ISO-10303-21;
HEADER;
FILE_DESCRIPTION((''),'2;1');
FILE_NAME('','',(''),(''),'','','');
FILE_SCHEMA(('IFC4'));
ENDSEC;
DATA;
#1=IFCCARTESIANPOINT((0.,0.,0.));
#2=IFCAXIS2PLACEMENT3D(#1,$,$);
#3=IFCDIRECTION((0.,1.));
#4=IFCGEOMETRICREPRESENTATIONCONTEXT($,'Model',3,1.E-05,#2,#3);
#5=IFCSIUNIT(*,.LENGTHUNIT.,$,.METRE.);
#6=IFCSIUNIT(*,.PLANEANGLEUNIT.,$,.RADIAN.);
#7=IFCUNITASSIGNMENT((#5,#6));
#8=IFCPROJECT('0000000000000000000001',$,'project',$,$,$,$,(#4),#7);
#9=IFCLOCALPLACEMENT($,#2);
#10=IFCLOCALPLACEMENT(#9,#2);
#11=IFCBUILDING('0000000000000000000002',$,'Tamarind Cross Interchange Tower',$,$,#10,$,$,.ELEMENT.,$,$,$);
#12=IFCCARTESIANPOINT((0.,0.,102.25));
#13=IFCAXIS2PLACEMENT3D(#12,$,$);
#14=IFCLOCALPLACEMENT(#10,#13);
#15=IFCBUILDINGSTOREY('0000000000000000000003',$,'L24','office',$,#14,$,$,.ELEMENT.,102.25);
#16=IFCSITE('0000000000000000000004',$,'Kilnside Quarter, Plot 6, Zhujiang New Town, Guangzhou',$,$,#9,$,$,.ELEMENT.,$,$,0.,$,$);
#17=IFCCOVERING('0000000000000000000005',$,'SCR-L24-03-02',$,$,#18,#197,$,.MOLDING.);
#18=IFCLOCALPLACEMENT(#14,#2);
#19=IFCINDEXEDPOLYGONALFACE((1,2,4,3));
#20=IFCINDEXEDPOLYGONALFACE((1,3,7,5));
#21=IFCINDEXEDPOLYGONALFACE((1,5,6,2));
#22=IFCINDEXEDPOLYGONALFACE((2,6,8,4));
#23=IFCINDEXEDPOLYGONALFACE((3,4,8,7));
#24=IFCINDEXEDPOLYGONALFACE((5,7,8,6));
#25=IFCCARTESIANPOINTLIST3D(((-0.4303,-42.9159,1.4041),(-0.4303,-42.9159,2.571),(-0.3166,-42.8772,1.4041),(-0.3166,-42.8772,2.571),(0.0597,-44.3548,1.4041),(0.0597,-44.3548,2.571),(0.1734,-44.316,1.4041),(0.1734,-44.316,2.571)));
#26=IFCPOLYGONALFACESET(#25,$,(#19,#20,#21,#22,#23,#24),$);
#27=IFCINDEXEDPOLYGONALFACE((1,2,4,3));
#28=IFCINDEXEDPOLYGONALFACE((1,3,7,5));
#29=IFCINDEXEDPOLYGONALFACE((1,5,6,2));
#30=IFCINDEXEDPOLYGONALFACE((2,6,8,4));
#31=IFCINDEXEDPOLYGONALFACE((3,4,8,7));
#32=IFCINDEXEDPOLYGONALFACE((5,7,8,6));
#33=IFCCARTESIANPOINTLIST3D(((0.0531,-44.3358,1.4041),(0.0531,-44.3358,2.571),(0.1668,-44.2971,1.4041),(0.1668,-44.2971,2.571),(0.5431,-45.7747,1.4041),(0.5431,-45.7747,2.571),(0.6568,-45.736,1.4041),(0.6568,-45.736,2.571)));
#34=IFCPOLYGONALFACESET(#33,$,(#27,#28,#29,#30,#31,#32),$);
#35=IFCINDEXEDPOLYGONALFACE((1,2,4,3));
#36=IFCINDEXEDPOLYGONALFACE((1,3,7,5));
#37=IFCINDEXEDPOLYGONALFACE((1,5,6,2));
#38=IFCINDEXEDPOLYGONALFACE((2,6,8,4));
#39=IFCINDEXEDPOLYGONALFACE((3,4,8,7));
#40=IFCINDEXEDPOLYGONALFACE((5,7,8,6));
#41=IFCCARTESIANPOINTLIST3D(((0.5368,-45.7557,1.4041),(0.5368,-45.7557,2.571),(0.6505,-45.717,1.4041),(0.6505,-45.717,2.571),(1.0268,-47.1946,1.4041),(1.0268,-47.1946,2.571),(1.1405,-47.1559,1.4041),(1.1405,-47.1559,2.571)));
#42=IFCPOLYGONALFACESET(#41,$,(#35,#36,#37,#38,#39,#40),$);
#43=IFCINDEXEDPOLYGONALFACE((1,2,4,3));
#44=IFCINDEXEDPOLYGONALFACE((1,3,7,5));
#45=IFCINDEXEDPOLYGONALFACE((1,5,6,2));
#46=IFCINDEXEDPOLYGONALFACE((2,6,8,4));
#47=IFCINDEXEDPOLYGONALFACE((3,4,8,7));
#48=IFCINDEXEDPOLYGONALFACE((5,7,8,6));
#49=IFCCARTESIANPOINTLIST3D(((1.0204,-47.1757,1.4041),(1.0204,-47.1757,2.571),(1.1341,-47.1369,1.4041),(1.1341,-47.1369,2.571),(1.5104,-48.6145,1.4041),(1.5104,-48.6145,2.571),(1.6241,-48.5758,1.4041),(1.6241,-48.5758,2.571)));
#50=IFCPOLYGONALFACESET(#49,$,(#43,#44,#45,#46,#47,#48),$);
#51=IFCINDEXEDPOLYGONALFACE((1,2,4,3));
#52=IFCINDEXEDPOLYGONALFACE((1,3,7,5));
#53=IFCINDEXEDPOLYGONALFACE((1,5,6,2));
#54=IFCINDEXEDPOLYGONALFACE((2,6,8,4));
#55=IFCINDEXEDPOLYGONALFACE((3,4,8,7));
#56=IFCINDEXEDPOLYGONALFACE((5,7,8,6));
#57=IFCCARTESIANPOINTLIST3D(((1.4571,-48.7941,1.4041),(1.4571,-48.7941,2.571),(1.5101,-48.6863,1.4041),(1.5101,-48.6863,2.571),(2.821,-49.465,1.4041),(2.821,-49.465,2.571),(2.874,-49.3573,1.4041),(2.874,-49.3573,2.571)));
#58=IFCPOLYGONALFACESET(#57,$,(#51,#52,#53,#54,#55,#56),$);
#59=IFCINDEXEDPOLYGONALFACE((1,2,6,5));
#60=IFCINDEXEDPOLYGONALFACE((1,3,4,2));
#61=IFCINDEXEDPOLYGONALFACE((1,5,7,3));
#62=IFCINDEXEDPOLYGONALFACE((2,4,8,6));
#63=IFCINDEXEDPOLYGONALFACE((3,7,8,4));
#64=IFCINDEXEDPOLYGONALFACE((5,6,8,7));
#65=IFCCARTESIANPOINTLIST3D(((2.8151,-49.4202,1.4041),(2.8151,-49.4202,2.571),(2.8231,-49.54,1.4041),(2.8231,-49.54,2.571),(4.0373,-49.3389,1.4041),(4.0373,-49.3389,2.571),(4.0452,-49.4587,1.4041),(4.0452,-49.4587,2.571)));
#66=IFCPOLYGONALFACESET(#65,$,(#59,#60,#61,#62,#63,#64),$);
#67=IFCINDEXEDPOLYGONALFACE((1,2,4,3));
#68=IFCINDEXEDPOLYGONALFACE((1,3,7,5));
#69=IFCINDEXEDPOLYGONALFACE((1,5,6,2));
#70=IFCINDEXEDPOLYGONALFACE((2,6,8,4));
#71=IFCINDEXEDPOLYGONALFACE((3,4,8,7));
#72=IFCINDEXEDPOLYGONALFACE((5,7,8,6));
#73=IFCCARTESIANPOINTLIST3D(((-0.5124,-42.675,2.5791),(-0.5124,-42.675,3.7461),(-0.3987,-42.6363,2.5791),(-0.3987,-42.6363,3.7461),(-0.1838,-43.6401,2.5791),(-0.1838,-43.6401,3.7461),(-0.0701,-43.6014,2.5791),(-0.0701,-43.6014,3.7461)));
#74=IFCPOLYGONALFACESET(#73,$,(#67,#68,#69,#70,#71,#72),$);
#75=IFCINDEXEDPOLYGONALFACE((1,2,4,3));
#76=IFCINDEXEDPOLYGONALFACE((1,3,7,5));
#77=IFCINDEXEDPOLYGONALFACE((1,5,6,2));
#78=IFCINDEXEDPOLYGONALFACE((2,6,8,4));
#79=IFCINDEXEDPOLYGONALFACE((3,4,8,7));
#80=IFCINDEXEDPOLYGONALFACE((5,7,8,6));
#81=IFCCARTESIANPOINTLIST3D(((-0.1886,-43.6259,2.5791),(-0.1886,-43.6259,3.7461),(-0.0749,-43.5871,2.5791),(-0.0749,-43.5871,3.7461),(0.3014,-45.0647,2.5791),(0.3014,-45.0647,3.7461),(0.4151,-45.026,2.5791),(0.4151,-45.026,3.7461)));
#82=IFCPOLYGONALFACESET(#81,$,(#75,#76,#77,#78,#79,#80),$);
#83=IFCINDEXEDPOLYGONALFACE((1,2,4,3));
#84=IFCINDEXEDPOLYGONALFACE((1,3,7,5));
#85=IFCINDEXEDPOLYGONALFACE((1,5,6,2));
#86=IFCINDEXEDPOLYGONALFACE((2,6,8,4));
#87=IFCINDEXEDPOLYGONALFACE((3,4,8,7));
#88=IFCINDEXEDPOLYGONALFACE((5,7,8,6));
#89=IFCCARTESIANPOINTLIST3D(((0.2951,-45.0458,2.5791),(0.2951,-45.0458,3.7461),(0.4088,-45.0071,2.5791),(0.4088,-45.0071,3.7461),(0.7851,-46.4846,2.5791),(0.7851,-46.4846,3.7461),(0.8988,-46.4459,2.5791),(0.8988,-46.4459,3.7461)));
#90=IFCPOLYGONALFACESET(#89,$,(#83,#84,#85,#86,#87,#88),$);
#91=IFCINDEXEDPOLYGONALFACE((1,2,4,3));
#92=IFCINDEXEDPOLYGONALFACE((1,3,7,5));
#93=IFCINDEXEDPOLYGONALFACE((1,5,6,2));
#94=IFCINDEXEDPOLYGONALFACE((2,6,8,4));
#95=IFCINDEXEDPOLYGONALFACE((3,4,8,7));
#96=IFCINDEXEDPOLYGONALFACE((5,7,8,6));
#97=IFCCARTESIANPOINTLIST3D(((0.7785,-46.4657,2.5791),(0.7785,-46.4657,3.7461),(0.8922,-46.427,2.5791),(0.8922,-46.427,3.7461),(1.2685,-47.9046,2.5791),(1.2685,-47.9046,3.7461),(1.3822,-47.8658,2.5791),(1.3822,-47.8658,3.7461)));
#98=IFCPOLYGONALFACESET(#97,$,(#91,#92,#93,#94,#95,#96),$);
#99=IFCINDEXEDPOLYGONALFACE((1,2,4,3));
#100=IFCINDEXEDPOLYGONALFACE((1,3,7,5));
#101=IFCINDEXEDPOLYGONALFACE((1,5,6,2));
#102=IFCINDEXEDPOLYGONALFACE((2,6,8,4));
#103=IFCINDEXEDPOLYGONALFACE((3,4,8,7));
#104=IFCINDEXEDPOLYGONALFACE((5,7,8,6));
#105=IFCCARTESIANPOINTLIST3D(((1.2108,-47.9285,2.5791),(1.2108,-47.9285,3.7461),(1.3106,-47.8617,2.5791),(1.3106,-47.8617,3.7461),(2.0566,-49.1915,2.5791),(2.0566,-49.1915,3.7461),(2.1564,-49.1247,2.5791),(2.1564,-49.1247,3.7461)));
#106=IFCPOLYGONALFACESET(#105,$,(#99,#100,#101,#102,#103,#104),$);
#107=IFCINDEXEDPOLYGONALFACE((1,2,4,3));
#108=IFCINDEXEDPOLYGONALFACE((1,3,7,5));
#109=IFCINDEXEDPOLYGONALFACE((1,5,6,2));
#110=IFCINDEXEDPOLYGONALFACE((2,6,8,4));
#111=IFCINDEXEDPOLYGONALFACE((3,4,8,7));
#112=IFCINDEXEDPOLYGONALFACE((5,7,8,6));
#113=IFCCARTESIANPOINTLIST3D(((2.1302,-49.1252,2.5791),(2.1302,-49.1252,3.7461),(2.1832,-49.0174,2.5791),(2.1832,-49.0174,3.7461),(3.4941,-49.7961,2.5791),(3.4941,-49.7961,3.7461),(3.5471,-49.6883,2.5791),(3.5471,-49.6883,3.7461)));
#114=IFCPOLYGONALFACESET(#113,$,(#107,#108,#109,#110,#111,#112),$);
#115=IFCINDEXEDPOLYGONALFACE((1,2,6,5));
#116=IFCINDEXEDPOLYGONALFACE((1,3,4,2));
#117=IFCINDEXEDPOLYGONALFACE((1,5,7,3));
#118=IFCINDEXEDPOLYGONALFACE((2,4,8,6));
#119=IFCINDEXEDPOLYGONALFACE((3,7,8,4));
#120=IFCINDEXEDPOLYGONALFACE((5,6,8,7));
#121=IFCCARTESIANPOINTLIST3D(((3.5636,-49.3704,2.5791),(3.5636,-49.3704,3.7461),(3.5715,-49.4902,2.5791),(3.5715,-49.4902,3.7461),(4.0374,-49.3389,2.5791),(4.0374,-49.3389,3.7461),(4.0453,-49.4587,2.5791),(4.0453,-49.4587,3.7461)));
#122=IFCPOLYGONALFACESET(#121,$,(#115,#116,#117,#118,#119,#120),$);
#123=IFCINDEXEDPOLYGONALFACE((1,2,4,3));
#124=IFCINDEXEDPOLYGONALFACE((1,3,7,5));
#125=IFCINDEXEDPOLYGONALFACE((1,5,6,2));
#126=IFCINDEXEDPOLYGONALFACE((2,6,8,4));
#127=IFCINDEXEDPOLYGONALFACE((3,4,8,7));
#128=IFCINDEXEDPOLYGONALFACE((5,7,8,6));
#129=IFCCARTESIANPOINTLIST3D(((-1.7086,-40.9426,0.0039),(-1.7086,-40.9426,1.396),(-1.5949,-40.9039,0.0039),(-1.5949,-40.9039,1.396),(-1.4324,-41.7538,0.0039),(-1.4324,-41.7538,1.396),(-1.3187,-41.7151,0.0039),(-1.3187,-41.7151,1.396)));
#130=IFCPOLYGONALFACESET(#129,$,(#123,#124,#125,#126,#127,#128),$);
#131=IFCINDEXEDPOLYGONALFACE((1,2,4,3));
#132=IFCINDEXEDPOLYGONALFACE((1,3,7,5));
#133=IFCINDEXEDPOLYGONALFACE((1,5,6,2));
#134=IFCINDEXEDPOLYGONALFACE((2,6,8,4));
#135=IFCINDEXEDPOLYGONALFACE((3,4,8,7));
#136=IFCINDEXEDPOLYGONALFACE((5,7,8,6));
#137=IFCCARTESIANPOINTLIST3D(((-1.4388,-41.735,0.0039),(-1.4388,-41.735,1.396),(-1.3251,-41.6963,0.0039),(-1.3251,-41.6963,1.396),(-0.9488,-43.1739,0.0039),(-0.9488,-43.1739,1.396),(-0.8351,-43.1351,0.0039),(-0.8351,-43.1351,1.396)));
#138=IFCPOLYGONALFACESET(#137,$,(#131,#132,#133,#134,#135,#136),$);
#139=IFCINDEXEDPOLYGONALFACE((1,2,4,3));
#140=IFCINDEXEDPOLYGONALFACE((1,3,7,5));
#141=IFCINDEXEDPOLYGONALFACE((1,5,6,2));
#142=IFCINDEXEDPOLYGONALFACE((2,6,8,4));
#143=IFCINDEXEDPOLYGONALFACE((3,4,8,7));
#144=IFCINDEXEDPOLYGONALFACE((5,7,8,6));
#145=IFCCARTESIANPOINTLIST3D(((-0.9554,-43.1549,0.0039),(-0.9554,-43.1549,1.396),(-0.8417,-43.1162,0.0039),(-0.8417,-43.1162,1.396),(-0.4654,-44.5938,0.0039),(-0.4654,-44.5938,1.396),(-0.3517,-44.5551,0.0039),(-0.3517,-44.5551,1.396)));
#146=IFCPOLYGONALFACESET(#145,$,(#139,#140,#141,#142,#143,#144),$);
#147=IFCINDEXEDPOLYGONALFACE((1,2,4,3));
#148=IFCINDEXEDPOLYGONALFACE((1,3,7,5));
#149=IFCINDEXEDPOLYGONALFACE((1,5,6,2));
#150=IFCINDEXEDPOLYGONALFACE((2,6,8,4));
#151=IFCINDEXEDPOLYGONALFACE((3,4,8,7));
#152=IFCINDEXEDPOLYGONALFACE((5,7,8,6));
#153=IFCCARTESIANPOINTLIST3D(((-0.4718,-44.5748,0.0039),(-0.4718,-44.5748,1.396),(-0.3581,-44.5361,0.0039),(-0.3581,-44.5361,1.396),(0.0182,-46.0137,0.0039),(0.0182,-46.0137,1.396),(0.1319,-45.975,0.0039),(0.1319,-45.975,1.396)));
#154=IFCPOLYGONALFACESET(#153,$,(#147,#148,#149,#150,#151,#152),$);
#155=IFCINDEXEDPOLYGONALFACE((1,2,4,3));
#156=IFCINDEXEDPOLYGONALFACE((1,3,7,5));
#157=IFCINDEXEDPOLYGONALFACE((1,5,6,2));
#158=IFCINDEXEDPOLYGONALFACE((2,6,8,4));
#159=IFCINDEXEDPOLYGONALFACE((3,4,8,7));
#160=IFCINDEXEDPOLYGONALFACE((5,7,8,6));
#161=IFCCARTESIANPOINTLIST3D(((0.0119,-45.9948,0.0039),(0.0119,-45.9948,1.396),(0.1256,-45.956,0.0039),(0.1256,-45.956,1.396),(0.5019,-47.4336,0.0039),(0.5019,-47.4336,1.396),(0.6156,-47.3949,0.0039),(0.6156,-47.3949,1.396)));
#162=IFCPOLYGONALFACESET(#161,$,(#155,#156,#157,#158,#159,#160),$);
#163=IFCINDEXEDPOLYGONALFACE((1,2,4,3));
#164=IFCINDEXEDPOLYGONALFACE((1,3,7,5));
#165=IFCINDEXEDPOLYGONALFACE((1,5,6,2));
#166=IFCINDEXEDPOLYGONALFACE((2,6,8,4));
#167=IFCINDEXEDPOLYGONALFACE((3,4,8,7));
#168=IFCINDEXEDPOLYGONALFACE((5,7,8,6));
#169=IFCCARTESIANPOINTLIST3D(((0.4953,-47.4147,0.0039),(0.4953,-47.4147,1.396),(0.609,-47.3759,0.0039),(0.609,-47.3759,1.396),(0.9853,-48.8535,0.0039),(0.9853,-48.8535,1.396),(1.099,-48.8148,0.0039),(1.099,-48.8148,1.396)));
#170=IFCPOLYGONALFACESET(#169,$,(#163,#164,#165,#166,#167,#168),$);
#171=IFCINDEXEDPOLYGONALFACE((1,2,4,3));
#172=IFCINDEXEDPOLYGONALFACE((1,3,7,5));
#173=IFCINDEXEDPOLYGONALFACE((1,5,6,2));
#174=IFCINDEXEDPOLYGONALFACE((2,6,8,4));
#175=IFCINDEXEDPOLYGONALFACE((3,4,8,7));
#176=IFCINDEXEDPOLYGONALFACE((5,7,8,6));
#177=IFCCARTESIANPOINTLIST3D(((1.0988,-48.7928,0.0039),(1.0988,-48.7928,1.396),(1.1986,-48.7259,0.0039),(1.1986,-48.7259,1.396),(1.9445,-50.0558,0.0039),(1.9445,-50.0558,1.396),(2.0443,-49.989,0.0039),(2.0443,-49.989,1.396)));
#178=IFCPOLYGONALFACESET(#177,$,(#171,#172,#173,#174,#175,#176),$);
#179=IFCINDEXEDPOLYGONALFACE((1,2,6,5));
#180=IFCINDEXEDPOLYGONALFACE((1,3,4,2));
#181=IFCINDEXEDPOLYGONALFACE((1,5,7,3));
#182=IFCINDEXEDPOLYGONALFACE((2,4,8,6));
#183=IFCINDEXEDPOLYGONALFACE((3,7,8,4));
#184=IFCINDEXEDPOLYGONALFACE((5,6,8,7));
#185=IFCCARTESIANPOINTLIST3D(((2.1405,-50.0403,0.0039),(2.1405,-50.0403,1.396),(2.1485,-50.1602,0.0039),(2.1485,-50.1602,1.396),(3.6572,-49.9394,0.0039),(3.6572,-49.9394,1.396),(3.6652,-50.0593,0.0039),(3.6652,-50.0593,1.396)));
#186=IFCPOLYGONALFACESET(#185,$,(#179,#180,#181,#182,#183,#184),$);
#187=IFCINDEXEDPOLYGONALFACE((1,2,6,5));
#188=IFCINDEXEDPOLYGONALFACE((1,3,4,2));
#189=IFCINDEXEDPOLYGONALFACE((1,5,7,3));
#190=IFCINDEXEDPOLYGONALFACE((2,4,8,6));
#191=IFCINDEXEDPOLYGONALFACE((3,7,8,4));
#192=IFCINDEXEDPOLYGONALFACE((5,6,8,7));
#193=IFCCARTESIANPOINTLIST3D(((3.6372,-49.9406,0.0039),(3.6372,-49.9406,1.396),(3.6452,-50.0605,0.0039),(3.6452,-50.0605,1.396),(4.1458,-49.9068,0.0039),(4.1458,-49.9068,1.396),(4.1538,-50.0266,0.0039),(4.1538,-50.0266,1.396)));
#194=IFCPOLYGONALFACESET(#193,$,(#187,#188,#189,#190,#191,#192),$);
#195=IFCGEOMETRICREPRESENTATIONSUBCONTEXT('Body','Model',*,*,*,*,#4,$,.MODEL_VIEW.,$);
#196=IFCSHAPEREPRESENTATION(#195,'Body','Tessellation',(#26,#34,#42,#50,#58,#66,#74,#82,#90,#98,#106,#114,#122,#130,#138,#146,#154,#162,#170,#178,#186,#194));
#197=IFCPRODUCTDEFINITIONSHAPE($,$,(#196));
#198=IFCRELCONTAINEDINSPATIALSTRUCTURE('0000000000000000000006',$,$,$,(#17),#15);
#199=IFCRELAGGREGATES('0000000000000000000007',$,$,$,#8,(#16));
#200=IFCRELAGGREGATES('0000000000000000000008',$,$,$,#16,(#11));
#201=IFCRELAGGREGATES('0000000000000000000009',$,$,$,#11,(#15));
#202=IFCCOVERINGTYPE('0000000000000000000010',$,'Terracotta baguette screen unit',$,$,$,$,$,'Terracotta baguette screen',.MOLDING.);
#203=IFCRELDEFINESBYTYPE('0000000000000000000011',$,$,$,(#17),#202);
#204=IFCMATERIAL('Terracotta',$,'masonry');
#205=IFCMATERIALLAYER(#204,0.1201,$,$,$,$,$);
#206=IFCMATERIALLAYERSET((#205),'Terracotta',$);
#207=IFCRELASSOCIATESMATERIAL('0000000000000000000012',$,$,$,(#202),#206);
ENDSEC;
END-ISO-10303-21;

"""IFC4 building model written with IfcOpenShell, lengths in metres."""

from ifc_helpers import new_model, si_unit, direction, frame, origin, origin_2d, place, context, subcontext, project, spatial, rectangle, extrude, material, layer, layer_set, type_object, element, save


model = new_model("IFC4")

# Units and contexts
model_context = context("Model", 3, precision=1e-05, world=origin(), true_north=direction((0.0, 1.0)))
body_context = subcontext(model_context, "Body", "Model", "MODEL_VIEW")
ifc_project = project(units=[si_unit("LENGTHUNIT", "METRE"), si_unit("PLANEANGLEUNIT", "RADIAN")], contexts=[model_context])

# Site, building, storey
site_placement = place(None, origin())
site = spatial("IfcSite", under=ifc_project, at=site_placement, Name="Kilnside Quarter, Plot 6, Zhujiang New Town, Guangzhou", CompositionType="ELEMENT", RefElevation=0.0)
building_placement = place(site_placement, origin())
building = spatial("IfcBuilding", under=site, at=building_placement, Name="Tamarind Cross Interchange Tower", CompositionType="ELEMENT")
storey_placement = place(building_placement, frame((0.0, 0.0, 102.25)))
storey = spatial("IfcBuildingStorey", under=building, at=storey_placement, Name="L24", Description="office", CompositionType="ELEMENT", Elevation=102.25)

# Covering
ifc_material_1 = material(Name="Terracotta", Category="masonry")
ifc_layer_1 = layer(ifc_material_1, 0.1201)
ifc_layer_set_1 = layer_set([ifc_layer_1], Name="Terracotta")
covering_type = type_object("IfcCoveringType", Name="Terracotta baguette screen unit", ElementType="Terracotta baguette screen", PredefinedType="MOLDING", material=ifc_layer_set_1)
covering_1_placement = place(storey_placement, origin())
element("IfcCovering", 1, at=covering_1_placement, inside=storey, type_object=covering_type, Name="SCR-L24-03-02", PredefinedType="MOLDING", context=body_context, shape_type="SweptSolid", body=[
    extrude(rectangle(XDim=1.52, YDim=0.1201, at=origin_2d()), frame((-0.1284, -43.616, 1.4041), z_axis=(0.0, 0.0, 1.0), x_axis=(0.322371, -0.946613, 0.0)), (0.0, 0.0, 1.0), 1.167),
    extrude(rectangle(XDim=1.52, YDim=0.1201, at=origin_2d()), frame((0.355, -45.0359, 1.4041), z_axis=(0.0, 0.0, 1.0), x_axis=(0.322371, -0.946613, 0.0)), (0.0, 0.0, 1.0), 1.167),
    extrude(rectangle(XDim=1.52, YDim=0.1201, at=origin_2d()), frame((0.8386, -46.4558, 1.4041), z_axis=(0.0, 0.0, 1.0), x_axis=(0.322371, -0.946613, 0.0)), (0.0, 0.0, 1.0), 1.167),
    extrude(rectangle(XDim=1.52, YDim=0.1201, at=origin_2d()), frame((1.3223, -47.8757, 1.4041), z_axis=(0.0, 0.0, 1.0), x_axis=(0.322371, -0.946613, 0.0)), (0.0, 0.0, 1.0), 1.167),
    extrude(rectangle(XDim=1.52, YDim=0.1201, at=origin_2d()), frame((2.1655, -49.0757, 1.4041), z_axis=(0.0, 0.0, 1.0), x_axis=(0.897308, -0.441406, 0.0)), (0.0, 0.0, 1.0), 1.167),
    extrude(rectangle(XDim=1.2249, YDim=0.1201, at=origin_2d()), frame((3.4302, -49.4395, 1.4041), z_axis=(0.0, 0.0, 1.0), x_axis=(0.997794, 0.066385, 0.0)), (0.0, 0.0, 1.0), 1.167),
    extrude(rectangle(XDim=1.0195, YDim=0.1201, at=origin_2d()), frame((-0.2913, -43.1382, 2.5791), z_axis=(0.0, 0.0, 1.0), x_axis=(0.322371, -0.946613, 0.0)), (0.0, 0.0, 1.0), 1.167),
    extrude(rectangle(XDim=1.52, YDim=0.1201, at=origin_2d()), frame((0.1133, -44.3259, 2.5791), z_axis=(0.0, 0.0, 1.0), x_axis=(0.322371, -0.946613, 0.0)), (0.0, 0.0, 1.0), 1.167),
    extrude(rectangle(XDim=1.52, YDim=0.1201, at=origin_2d()), frame((0.5969, -45.7458, 2.5791), z_axis=(0.0, 0.0, 1.0), x_axis=(0.322371, -0.946613, 0.0)), (0.0, 0.0, 1.0), 1.167),
    extrude(rectangle(XDim=1.52, YDim=0.1201, at=origin_2d()), frame((1.0803, -47.1658, 2.5791), z_axis=(0.0, 0.0, 1.0), x_axis=(0.322371, -0.946613, 0.0)), (0.0, 0.0, 1.0), 1.167),
    extrude(rectangle(XDim=1.52, YDim=0.1201, at=origin_2d()), frame((1.6836, -48.5266, 2.5791), z_axis=(0.0, 0.0, 1.0), x_axis=(0.556388, -0.830922, 0.0)), (0.0, 0.0, 1.0), 1.167),
    extrude(rectangle(XDim=1.52, YDim=0.1201, at=origin_2d()), frame((2.8386, -49.4067, 2.5791), z_axis=(0.0, 0.0, 1.0), x_axis=(0.897308, -0.441406, 0.0)), (0.0, 0.0, 1.0), 1.167),
    extrude(rectangle(XDim=0.4749, YDim=0.1201, at=origin_2d()), frame((3.8044, -49.4146, 2.5791), z_axis=(0.0, 0.0, 1.0), x_axis=(0.997794, 0.066385, 0.0)), (0.0, 0.0, 1.0), 1.167),
    extrude(rectangle(XDim=0.8569, YDim=0.1201, at=origin_2d()), frame((-1.5137, -41.3289, 0.0039), z_axis=(0.0, 0.0, 1.0), x_axis=(0.322371, -0.946613, 0.0)), (0.0, 0.0, 1.0), 1.3921),
    extrude(rectangle(XDim=1.52, YDim=0.1201, at=origin_2d()), frame((-1.137, -42.4351, 0.0039), z_axis=(0.0, 0.0, 1.0), x_axis=(0.322371, -0.946613, 0.0)), (0.0, 0.0, 1.0), 1.3921),
    extrude(rectangle(XDim=1.52, YDim=0.1201, at=origin_2d()), frame((-0.6536, -43.855, 0.0039), z_axis=(0.0, 0.0, 1.0), x_axis=(0.322371, -0.946613, 0.0)), (0.0, 0.0, 1.0), 1.3921),
    extrude(rectangle(XDim=1.52, YDim=0.1201, at=origin_2d()), frame((-0.1699, -45.2749, 0.0039), z_axis=(0.0, 0.0, 1.0), x_axis=(0.322371, -0.946613, 0.0)), (0.0, 0.0, 1.0), 1.3921),
    extrude(rectangle(XDim=1.52, YDim=0.1201, at=origin_2d()), frame((0.3137, -46.6948, 0.0039), z_axis=(0.0, 0.0, 1.0), x_axis=(0.322371, -0.946613, 0.0)), (0.0, 0.0, 1.0), 1.3921),
    extrude(rectangle(XDim=1.52, YDim=0.1201, at=origin_2d()), frame((0.7971, -48.1147, 0.0039), z_axis=(0.0, 0.0, 1.0), x_axis=(0.322371, -0.946613, 0.0)), (0.0, 0.0, 1.0), 1.3921),
    extrude(rectangle(XDim=1.52, YDim=0.1201, at=origin_2d()), frame((1.5715, -49.3909, 0.0039), z_axis=(0.0, 0.0, 1.0), x_axis=(0.556388, -0.830922, 0.0)), (0.0, 0.0, 1.0), 1.3921),
    extrude(rectangle(XDim=1.52, YDim=0.1201, at=origin_2d()), frame((2.9028, -50.0498, 0.0039), z_axis=(0.0, 0.0, 1.0), x_axis=(0.997794, 0.066385, 0.0)), (0.0, 0.0, 1.0), 1.3921),
    extrude(rectangle(XDim=0.5098, YDim=0.1201, at=origin_2d()), frame((3.8955, -49.9836, 0.0039), z_axis=(0.0, 0.0, 1.0), x_axis=(0.997794, 0.066385, 0.0)), (0.0, 0.0, 1.0), 1.3921),
])

save(model, "model.ifc")
